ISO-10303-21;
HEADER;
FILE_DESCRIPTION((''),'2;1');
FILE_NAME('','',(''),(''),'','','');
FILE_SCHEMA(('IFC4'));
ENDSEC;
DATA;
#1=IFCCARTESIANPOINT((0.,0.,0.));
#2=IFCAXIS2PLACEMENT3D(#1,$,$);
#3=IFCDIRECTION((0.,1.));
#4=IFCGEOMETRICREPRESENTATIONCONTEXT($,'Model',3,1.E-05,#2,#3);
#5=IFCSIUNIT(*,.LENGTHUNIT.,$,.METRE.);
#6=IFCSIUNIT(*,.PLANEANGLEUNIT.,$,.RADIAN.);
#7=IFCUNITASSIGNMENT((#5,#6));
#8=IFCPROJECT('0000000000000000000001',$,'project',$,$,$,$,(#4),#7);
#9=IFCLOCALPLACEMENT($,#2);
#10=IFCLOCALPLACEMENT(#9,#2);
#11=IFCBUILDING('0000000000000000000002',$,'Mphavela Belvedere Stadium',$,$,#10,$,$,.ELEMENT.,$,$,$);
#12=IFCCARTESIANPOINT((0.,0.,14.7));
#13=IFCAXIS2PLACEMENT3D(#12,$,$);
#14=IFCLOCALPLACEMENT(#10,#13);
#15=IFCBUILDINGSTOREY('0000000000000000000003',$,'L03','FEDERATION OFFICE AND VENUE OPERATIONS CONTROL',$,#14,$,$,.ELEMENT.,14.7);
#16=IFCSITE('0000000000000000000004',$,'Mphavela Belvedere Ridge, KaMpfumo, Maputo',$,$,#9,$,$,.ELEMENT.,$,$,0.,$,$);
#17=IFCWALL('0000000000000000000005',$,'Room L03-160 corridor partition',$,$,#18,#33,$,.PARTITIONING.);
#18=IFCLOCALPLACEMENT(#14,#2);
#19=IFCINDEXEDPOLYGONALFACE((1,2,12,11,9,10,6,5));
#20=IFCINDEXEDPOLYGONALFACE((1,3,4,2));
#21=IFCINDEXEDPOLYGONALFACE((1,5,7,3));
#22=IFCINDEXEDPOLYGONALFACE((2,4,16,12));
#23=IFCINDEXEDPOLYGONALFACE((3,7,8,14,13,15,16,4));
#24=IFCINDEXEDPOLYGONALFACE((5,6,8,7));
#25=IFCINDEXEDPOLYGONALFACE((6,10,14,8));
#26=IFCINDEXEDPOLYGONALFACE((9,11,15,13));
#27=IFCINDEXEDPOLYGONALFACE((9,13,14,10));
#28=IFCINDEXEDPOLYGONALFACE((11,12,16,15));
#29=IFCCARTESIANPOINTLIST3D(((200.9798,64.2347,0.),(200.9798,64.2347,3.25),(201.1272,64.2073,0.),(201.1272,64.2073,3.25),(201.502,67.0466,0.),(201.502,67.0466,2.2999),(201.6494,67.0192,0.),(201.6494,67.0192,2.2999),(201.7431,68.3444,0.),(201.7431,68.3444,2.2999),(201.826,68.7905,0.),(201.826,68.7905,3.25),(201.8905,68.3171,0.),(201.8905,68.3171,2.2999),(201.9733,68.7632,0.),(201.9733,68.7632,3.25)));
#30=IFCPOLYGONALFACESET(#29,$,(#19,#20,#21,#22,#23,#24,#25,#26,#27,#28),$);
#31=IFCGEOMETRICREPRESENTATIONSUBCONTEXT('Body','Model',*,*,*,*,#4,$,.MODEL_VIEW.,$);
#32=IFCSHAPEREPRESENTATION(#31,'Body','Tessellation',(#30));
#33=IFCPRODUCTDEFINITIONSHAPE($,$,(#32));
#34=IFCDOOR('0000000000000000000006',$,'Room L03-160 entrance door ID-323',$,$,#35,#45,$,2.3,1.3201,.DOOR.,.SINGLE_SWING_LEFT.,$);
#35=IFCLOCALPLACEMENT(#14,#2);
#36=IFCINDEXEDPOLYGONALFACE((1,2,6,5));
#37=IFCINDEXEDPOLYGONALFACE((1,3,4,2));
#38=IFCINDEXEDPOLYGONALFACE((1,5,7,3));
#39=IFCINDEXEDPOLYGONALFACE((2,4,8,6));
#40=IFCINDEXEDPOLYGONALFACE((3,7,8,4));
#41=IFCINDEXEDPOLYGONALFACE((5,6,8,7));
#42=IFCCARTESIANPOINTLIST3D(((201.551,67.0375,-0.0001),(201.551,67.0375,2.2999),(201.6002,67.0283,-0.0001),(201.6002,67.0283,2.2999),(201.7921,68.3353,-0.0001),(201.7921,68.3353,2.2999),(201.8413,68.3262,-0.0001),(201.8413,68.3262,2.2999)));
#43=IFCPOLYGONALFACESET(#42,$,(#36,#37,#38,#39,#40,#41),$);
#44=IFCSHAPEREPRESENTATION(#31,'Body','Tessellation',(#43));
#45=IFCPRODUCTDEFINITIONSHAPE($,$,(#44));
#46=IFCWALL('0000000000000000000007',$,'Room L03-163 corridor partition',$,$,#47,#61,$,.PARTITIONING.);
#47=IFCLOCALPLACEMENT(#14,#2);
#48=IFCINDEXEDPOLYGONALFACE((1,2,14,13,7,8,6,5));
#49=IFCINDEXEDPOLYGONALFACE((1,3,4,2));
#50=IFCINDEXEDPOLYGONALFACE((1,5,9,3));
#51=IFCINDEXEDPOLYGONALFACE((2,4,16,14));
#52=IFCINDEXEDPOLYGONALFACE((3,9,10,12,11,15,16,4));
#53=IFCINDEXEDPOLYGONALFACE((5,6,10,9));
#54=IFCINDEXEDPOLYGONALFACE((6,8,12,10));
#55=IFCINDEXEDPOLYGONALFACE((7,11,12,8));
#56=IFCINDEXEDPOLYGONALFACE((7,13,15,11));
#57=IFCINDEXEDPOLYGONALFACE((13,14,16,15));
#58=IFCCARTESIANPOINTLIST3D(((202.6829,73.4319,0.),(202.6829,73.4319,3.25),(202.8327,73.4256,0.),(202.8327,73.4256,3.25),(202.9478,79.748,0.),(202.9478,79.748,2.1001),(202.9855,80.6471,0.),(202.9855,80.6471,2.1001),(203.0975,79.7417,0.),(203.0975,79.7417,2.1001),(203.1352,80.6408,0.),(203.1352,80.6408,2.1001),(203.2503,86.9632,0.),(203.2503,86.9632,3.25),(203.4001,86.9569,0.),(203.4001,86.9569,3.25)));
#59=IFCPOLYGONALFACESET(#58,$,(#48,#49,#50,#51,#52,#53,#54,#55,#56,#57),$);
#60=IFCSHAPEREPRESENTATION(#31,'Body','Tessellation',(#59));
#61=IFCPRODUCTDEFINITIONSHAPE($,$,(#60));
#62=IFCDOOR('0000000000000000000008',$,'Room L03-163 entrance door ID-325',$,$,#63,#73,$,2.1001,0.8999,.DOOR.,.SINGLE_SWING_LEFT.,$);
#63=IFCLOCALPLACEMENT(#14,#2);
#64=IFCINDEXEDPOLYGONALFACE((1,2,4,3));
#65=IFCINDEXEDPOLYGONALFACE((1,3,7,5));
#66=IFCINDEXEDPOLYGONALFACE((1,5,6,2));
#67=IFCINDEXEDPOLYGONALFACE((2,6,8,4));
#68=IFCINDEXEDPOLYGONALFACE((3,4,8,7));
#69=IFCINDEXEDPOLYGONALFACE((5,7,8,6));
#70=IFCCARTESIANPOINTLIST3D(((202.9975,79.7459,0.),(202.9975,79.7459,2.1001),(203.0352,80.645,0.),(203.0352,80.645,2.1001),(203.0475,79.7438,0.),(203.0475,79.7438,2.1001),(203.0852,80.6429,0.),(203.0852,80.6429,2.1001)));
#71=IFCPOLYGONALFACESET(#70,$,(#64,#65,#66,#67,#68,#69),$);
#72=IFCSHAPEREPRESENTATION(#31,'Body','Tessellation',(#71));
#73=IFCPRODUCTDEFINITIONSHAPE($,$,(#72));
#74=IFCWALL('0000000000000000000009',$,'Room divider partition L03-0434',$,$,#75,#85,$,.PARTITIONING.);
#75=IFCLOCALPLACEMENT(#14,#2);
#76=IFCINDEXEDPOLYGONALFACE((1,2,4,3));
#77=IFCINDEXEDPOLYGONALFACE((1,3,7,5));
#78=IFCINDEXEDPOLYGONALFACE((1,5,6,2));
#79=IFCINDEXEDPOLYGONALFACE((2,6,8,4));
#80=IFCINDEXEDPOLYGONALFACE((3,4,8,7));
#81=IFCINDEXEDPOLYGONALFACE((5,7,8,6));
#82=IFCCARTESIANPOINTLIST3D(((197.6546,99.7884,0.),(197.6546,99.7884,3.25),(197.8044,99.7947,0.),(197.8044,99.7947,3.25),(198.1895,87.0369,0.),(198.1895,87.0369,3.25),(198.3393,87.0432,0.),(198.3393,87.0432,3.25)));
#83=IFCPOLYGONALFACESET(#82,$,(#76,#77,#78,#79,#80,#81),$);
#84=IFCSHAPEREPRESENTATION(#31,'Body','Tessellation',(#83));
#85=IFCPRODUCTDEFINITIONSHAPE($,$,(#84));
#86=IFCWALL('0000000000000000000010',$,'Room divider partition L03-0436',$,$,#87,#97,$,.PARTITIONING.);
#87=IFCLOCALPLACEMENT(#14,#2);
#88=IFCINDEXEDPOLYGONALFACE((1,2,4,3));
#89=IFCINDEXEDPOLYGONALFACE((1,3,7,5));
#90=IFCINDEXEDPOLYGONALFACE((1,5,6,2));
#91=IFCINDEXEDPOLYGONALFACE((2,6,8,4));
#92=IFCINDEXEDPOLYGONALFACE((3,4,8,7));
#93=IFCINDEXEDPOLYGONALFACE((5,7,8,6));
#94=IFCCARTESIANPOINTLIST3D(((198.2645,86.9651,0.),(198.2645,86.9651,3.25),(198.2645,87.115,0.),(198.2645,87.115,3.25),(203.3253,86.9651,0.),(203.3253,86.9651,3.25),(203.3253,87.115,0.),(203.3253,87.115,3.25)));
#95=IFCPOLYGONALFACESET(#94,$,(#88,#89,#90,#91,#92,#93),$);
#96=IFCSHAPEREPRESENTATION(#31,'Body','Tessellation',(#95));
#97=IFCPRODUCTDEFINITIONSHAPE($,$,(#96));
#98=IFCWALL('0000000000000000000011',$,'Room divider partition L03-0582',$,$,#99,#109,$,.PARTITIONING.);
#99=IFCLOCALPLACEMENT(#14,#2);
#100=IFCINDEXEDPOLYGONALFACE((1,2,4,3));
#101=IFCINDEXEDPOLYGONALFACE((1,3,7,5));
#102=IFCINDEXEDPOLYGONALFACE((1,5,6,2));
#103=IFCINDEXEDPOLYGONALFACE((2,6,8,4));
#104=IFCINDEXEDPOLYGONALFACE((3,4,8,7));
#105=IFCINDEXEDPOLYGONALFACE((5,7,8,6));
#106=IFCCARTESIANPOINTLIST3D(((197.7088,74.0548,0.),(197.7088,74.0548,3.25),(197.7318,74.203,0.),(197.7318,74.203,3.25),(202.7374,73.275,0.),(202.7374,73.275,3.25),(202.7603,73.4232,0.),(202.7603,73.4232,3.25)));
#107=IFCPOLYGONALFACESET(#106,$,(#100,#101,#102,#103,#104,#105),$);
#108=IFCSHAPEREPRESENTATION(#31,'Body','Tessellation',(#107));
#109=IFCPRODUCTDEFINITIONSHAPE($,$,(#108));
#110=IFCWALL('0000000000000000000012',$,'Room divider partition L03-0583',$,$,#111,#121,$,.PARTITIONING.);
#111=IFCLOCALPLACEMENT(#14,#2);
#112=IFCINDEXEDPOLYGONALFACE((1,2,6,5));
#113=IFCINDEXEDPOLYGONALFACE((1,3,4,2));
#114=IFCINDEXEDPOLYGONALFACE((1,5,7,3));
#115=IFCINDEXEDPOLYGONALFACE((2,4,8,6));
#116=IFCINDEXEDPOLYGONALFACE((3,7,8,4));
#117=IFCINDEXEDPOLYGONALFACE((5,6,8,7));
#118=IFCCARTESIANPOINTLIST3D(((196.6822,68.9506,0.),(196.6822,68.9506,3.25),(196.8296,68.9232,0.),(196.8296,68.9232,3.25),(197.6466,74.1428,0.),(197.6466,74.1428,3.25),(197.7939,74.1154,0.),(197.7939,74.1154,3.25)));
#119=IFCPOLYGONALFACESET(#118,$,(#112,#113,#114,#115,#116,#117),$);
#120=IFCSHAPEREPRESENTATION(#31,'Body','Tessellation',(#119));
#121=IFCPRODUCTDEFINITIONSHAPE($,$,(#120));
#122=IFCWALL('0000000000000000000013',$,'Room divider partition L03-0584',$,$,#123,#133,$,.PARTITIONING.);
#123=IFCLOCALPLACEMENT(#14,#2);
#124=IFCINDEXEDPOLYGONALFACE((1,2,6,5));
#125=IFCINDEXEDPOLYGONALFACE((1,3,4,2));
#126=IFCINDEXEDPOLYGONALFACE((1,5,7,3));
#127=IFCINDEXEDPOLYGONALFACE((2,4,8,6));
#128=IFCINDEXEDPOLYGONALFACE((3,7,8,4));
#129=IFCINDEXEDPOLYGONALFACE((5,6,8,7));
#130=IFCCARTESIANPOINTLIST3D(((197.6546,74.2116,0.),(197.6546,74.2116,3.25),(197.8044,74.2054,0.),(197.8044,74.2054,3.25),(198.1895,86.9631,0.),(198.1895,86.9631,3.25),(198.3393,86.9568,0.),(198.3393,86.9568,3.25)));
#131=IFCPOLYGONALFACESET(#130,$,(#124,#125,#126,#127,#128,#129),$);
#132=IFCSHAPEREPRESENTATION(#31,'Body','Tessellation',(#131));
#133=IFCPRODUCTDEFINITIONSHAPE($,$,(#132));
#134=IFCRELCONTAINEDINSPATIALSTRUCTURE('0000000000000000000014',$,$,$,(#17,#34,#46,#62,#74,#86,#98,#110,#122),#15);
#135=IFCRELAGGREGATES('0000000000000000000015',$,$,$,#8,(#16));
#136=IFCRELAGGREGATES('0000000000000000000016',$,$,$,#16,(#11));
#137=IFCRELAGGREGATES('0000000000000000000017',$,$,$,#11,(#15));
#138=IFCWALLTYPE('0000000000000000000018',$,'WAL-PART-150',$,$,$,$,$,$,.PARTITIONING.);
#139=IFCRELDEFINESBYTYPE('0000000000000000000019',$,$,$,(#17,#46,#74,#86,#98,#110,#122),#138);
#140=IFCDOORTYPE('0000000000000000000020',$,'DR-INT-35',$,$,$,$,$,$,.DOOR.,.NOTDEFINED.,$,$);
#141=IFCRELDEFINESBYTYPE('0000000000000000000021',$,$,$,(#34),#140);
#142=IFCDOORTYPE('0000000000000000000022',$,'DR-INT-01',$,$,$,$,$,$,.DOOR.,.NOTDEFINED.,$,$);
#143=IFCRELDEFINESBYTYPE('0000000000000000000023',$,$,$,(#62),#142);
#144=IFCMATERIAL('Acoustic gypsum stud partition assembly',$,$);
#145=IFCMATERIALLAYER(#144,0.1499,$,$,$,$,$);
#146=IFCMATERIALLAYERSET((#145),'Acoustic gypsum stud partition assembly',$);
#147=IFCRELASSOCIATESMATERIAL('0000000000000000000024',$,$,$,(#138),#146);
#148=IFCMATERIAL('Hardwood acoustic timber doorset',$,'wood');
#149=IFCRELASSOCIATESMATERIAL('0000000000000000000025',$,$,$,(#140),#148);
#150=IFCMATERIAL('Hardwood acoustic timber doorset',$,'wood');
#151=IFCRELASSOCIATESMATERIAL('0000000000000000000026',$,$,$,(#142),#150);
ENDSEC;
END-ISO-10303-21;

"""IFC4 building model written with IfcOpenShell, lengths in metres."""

from ifc_helpers import new_model, si_unit, direction, frame, frame_2d, origin, place, context, subcontext, project, spatial, rectangle, extrude, material, layer, layer_set, type_object, element, fill, save


model = new_model("IFC4")

# Units and contexts
model_context = context("Model", 3, precision=1e-05, world=origin(), true_north=direction((0.0, 1.0)))
body_context = subcontext(model_context, "Body", "Model", "MODEL_VIEW")
ifc_project = project(units=[si_unit("LENGTHUNIT", "METRE"), si_unit("PLANEANGLEUNIT", "RADIAN")], contexts=[model_context])

# Site, building, storey
site_placement = place(None, origin())
site = spatial("IfcSite", under=ifc_project, at=site_placement, Name="Mphavela Belvedere Ridge, KaMpfumo, Maputo", CompositionType="ELEMENT", RefElevation=0.0)
building_placement = place(site_placement, origin())
building = spatial("IfcBuilding", under=site, at=building_placement, Name="Mphavela Belvedere Stadium", CompositionType="ELEMENT")
storey_placement = place(building_placement, frame((0.0, 0.0, 14.7)))
storey = spatial("IfcBuildingStorey", under=building, at=storey_placement, Name="L03", Description="FEDERATION OFFICE AND VENUE OPERATIONS CONTROL", CompositionType="ELEMENT", Elevation=14.7)

# Walls, openings, doors
ifc_material_1 = material(Name="Acoustic gypsum stud partition assembly")
ifc_layer_1 = layer(ifc_material_1, 0.1499)
ifc_layer_set_1 = layer_set([ifc_layer_1], Name="Acoustic gypsum stud partition assembly")
wall_type_1 = type_object("IfcWallType", Name="WAL-PART-150", PredefinedType="PARTITIONING", material=ifc_layer_set_1)
wall_1_placement = place(storey_placement, frame((201.8997, 68.7769, 0.0), z_axis=(0.0, 0.0, 1.0), x_axis=(-0.182612, -0.983185, 0.0)))
wall_1 = element("IfcWall", 1, at=wall_1_placement, inside=storey, type_object=wall_type_1, Name="Room L03-160 corridor partition", PredefinedType="PARTITIONING", context=body_context, shape_type="SweptSolid", body=[
    extrude(rectangle(XDim=4.6338, YDim=0.1499, at=frame_2d((2.3169, 0.0))), origin(), (0.0, 0.0, 1.0), 3.25),
])
opening_1_placement = place(wall_1_placement, frame((0.4536, 0.0, 0.0)))
opening_1 = element("IfcOpeningElement", 2, at=opening_1_placement, cuts=wall_1, PredefinedType="OPENING", context=body_context, shape_type="SweptSolid", body=[
    extrude(rectangle(XDim=1.3201, YDim=2.3, at=frame_2d((0.6602, 1.1499))), frame((0.0, 0.085, 0.0), z_axis=(0.0, -1.0, 0.0), x_axis=(1.0, 0.0, 0.0)), (0.0, 0.0, 1.0), 0.1699),
])
ifc_material_2 = material(Name="Hardwood acoustic timber doorset", Category="wood")
door_type_1 = type_object("IfcDoorType", Name="DR-INT-35", OperationType="NOTDEFINED", PredefinedType="DOOR", material=ifc_material_2)
door_1_placement = place(opening_1_placement, origin())
door_1 = element("IfcDoor", 3, at=door_1_placement, inside=storey, type_object=door_type_1, Name="Room L03-160 entrance door ID-323", OperationType="SINGLE_SWING_LEFT", OverallHeight=2.3, OverallWidth=1.3201, PredefinedType="DOOR", context=body_context, shape_type="SweptSolid", body=[
    extrude(rectangle(XDim=1.3201, YDim=2.3, at=frame_2d((0.6602, 1.1499))), frame((0.0, 0.0249, 0.0), z_axis=(0.0, -1.0, 0.0), x_axis=(1.0, 0.0, 0.0)), (0.0, 0.0, 1.0), 0.05),
])
fill(opening_1, door_1)
wall_2_placement = place(storey_placement, frame((203.3252, 86.96, 0.0), z_axis=(0.0, 0.0, 1.0), x_axis=(-0.041894, -0.999122, 0.0)))
wall_2 = element("IfcWall", 4, at=wall_2_placement, inside=storey, type_object=wall_type_1, Name="Room L03-163 corridor partition", PredefinedType="PARTITIONING", context=body_context, shape_type="SweptSolid", body=[
    extrude(rectangle(XDim=13.5432, YDim=0.1499, at=frame_2d((6.7715, 0.0))), origin(), (0.0, 0.0, 1.0), 3.25),
])
opening_2_placement = place(wall_2_placement, frame((6.3215, 0.0, 0.0)))
opening_2 = element("IfcOpeningElement", 5, at=opening_2_placement, cuts=wall_2, PredefinedType="OPENING", context=body_context, shape_type="SweptSolid", body=[
    extrude(rectangle(XDim=0.8999, YDim=2.1001, at=frame_2d((0.45, 1.05))), frame((0.0, 0.085, 0.0), z_axis=(0.0, -1.0, 0.0), x_axis=(1.0, 0.0, 0.0)), (0.0, 0.0, 1.0), 0.1699),
])
ifc_material_3 = material(Name="Hardwood acoustic timber doorset", Category="wood")
door_type_2 = type_object("IfcDoorType", Name="DR-INT-01", OperationType="NOTDEFINED", PredefinedType="DOOR", material=ifc_material_3)
door_2_placement = place(opening_2_placement, origin())
door_2 = element("IfcDoor", 6, at=door_2_placement, inside=storey, type_object=door_type_2, Name="Room L03-163 entrance door ID-325", OperationType="SINGLE_SWING_LEFT", OverallHeight=2.1001, OverallWidth=0.8999, PredefinedType="DOOR", context=body_context, shape_type="SweptSolid", body=[
    extrude(rectangle(XDim=0.8999, YDim=2.1001, at=frame_2d((0.45, 1.05))), frame((0.0, 0.0249, 0.0), z_axis=(0.0, -1.0, 0.0), x_axis=(1.0, 0.0, 0.0)), (0.0, 0.0, 1.0), 0.05),
])
fill(opening_2, door_2)

# Walls
wall_3_placement = place(storey_placement, frame((198.2644, 87.04, 0.0), z_axis=(0.0, 0.0, 1.0), x_axis=(-0.041912, 0.999121, 0.0)))
element("IfcWall", 7, at=wall_3_placement, inside=storey, type_object=wall_type_1, Name="Room divider partition L03-0434", PredefinedType="PARTITIONING", context=body_context, shape_type="SweptSolid", body=[
    extrude(rectangle(XDim=12.7627, YDim=0.1499, at=frame_2d((6.3813, 0.0))), origin(), (0.0, 0.0, 1.0), 3.25),
])
wall_4_placement = place(storey_placement, frame((203.3252, 87.04, 0.0), z_axis=(0.0, 0.0, 1.0), x_axis=(-1.0, 0.0, 0.0)))
element("IfcWall", 8, at=wall_4_placement, inside=storey, type_object=wall_type_1, Name="Room divider partition L03-0436", PredefinedType="PARTITIONING", context=body_context, shape_type="SweptSolid", body=[
    extrude(rectangle(XDim=5.0608, YDim=0.1499, at=frame_2d((2.5303, 0.0))), origin(), (0.0, 0.0, 1.0), 3.25),
])
wall_5_placement = place(storey_placement, frame((197.7202, 74.1289, 0.0), z_axis=(0.0, 0.0, 1.0), x_axis=(0.988189, -0.15324, 0.0)))
element("IfcWall", 9, at=wall_5_placement, inside=storey, type_object=wall_type_1, Name="Room divider partition L03-0582", PredefinedType="PARTITIONING", context=body_context, shape_type="SweptSolid", body=[
    extrude(rectangle(XDim=5.0886, YDim=0.1499, at=frame_2d((2.5444, 0.0))), origin(), (0.0, 0.0, 1.0), 3.25),
])
wall_6_placement = place(storey_placement, frame((196.7559, 68.9368, 0.0), z_axis=(0.0, 0.0, 1.0), x_axis=(0.182611, 0.983185, 0.0)))
element("IfcWall", 10, at=wall_6_placement, inside=storey, type_object=wall_type_1, Name="Room divider partition L03-0583", PredefinedType="PARTITIONING", context=body_context, shape_type="SweptSolid", body=[
    extrude(rectangle(XDim=5.281, YDim=0.1499, at=frame_2d((2.6406, 0.0))), origin(), (0.0, 0.0, 1.0), 3.25),
])
wall_7_placement = place(storey_placement, frame((197.7295, 74.2085, 0.0), z_axis=(0.0, 0.0, 1.0), x_axis=(0.041912, 0.999121, 0.0)))
element("IfcWall", 11, at=wall_7_placement, inside=storey, type_object=wall_type_1, Name="Room divider partition L03-0584", PredefinedType="PARTITIONING", context=body_context, shape_type="SweptSolid", body=[
    extrude(rectangle(XDim=12.7627, YDim=0.1499, at=frame_2d((6.3813, 0.0))), origin(), (0.0, 0.0, 1.0), 3.25),
])

save(model, "model.ifc")
